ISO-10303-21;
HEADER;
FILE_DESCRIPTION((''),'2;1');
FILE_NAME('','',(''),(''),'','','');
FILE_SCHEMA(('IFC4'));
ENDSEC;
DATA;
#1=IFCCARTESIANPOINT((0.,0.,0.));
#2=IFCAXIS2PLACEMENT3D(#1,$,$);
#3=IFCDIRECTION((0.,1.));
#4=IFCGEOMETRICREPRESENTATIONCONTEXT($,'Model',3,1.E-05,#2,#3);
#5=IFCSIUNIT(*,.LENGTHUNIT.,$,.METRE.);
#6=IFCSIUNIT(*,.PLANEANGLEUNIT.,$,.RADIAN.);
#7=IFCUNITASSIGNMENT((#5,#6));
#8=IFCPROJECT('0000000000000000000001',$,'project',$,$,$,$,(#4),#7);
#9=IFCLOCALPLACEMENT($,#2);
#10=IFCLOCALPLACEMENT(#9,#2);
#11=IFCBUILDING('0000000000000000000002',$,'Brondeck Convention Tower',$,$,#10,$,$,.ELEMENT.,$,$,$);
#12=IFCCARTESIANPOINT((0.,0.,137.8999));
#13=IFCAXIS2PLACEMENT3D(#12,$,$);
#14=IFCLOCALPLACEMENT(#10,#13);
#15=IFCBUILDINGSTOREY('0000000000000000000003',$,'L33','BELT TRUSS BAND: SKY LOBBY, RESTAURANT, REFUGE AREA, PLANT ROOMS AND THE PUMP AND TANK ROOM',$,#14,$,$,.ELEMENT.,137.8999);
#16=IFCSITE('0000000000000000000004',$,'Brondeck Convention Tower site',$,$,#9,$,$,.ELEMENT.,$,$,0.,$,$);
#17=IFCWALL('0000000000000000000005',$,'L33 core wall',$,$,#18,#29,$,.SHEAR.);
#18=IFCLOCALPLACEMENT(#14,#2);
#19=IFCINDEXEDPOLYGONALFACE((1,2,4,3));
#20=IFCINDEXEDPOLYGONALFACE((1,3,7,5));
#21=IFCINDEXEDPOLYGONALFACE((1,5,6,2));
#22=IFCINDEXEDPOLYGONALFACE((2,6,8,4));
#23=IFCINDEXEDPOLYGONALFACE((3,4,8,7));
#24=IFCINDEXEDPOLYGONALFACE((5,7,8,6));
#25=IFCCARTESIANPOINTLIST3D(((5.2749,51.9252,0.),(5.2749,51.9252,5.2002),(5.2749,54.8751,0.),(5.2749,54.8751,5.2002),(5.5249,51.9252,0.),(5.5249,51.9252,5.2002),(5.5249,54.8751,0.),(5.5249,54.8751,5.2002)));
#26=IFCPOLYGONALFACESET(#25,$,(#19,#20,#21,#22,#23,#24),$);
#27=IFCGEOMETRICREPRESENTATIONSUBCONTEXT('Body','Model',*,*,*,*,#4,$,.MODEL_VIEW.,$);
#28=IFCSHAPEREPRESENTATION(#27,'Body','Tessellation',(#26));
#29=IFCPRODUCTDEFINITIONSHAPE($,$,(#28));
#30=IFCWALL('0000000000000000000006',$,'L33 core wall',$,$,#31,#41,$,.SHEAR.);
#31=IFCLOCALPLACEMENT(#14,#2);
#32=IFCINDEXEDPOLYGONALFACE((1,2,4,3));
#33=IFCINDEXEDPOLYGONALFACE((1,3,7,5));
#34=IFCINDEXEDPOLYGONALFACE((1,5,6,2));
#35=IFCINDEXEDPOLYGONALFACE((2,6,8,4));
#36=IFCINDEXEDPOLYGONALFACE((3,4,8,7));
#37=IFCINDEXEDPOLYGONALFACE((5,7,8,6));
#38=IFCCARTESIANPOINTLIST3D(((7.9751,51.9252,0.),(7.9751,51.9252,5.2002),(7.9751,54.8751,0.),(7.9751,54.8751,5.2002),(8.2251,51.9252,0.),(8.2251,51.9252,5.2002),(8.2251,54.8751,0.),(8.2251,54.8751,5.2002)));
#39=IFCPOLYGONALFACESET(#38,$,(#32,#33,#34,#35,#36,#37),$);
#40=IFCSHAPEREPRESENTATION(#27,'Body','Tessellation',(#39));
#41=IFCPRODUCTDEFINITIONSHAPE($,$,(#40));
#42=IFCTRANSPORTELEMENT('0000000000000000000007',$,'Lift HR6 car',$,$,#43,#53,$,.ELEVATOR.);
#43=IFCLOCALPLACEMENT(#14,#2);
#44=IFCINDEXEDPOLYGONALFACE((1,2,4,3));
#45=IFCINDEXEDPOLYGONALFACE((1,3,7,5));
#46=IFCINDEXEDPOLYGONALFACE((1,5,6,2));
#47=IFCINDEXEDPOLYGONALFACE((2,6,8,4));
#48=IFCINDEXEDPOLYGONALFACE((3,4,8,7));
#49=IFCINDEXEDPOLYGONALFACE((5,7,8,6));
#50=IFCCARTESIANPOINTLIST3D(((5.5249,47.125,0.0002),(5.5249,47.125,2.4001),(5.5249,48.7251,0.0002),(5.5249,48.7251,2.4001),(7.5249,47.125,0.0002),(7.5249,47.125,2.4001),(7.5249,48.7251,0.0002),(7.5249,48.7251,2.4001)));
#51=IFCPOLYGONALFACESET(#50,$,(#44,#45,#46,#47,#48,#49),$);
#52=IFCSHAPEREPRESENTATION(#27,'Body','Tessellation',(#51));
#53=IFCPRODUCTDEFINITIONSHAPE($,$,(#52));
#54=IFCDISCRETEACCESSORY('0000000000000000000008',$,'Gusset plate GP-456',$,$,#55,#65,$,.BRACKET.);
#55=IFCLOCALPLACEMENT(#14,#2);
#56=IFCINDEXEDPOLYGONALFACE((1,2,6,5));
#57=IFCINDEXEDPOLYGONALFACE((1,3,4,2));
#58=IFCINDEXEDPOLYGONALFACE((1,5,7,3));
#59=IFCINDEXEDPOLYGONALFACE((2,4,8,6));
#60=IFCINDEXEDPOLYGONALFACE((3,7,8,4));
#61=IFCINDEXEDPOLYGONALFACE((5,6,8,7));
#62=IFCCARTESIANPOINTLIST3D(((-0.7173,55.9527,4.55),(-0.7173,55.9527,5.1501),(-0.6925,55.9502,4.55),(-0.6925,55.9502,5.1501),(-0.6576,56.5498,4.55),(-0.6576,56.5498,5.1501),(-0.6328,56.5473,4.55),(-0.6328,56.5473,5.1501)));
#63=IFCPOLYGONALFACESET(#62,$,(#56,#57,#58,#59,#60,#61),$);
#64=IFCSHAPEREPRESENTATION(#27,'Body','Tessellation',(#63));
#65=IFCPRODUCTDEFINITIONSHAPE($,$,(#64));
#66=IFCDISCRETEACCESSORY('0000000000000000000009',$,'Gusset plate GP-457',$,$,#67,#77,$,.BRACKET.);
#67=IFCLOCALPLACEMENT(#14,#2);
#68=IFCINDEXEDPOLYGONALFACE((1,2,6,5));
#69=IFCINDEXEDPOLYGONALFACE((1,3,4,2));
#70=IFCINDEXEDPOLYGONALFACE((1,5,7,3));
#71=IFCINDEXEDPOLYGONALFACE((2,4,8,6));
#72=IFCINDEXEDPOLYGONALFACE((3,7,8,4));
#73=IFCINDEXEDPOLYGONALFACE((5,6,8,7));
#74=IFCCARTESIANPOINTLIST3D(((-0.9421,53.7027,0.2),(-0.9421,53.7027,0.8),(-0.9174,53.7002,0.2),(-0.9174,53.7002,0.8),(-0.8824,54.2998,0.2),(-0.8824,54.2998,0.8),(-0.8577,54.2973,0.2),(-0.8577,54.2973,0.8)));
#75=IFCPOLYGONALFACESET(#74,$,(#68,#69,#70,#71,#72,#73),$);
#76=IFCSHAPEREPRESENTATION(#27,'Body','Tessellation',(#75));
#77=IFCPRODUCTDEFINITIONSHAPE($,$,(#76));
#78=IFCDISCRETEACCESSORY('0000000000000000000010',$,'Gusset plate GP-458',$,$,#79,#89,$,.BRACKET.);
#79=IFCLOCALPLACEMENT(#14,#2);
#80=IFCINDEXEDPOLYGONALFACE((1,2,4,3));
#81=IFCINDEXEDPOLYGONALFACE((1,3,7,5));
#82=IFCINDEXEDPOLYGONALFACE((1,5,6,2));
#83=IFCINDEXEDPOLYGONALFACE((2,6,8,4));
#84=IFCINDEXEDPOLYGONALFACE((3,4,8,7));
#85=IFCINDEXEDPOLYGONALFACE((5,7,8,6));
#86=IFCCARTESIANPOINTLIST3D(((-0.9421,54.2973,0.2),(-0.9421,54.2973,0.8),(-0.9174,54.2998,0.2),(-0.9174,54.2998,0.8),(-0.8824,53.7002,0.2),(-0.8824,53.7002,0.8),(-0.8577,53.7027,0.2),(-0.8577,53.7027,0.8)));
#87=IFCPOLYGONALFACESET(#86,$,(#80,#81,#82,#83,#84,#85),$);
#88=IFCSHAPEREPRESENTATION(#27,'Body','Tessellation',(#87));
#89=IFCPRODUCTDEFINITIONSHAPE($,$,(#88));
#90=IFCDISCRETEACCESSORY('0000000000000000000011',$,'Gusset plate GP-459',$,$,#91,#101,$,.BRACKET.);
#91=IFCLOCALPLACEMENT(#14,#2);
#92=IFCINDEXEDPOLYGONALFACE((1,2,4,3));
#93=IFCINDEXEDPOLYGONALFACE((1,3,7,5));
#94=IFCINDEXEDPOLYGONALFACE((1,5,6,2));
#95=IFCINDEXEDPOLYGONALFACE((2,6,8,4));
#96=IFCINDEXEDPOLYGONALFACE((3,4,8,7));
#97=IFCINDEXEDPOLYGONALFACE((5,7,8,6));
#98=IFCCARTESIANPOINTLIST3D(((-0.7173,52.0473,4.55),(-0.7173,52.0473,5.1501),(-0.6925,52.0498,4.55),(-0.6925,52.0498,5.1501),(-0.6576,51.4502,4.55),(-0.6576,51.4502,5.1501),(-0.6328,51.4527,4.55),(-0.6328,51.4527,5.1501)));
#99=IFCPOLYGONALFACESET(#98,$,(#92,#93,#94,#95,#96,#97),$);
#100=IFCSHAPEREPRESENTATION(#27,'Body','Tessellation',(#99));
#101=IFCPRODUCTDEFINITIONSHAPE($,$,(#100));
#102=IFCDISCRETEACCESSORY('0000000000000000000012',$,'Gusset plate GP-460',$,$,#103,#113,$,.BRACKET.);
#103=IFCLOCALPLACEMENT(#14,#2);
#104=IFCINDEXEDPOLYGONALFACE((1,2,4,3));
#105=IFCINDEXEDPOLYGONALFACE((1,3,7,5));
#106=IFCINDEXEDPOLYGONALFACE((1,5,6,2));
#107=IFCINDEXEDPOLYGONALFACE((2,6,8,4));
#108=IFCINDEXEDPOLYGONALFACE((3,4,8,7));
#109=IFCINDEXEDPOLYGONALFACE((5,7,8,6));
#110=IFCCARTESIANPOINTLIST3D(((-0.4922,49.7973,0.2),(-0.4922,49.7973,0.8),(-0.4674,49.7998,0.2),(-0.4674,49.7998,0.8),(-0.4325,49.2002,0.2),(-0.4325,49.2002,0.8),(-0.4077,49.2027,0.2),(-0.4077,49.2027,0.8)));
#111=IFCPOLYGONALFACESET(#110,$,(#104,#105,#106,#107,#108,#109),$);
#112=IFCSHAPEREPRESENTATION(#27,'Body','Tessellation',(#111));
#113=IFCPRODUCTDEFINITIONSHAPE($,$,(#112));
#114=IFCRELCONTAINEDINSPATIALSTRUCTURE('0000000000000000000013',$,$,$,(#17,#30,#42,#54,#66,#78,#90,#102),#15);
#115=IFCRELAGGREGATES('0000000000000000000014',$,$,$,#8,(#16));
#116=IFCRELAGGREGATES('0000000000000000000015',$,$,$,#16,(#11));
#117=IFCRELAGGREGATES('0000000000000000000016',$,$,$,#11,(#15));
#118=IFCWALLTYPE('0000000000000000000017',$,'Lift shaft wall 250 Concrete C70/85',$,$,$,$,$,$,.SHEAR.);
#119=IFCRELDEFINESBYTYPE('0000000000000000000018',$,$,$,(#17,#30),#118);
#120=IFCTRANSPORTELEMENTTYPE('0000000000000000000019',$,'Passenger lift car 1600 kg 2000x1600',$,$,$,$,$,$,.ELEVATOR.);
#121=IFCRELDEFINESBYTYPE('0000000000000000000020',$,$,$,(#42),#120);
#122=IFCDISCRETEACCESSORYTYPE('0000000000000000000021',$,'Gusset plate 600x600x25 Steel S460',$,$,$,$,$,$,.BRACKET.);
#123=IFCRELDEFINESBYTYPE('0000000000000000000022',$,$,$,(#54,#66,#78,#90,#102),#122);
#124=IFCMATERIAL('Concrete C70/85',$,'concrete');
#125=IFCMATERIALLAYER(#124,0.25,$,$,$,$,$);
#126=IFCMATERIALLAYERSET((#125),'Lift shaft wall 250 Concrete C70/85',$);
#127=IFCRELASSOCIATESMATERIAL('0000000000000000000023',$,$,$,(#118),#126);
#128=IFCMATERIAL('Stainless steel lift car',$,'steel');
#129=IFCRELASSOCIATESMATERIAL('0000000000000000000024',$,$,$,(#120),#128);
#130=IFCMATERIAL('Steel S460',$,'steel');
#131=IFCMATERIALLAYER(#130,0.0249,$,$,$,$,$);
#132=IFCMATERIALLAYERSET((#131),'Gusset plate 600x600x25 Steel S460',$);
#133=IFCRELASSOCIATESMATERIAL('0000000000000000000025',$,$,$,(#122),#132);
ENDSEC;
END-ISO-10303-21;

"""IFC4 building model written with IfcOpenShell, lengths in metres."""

from ifc_helpers import new_model, si_unit, direction, frame, frame_2d, origin, origin_2d, place, context, subcontext, project, spatial, rectangle, extrude, material, layer, layer_set, type_object, element, save


model = new_model("IFC4")

# Units and contexts
model_context = context("Model", 3, precision=1e-05, world=origin(), true_north=direction((0.0, 1.0)))
body_context = subcontext(model_context, "Body", "Model", "MODEL_VIEW")
ifc_project = project(units=[si_unit("LENGTHUNIT", "METRE"), si_unit("PLANEANGLEUNIT", "RADIAN")], contexts=[model_context])

# Site, building, storey
site_placement = place(None, origin())
site = spatial("IfcSite", under=ifc_project, at=site_placement, Name="Brondeck Convention Tower site", CompositionType="ELEMENT", RefElevation=0.0)
building_placement = place(site_placement, origin())
building = spatial("IfcBuilding", under=site, at=building_placement, Name="Brondeck Convention Tower", CompositionType="ELEMENT")
storey_placement = place(building_placement, frame((0.0, 0.0, 137.8999)))
storey = spatial("IfcBuildingStorey", under=building, at=storey_placement, Name="L33", Description="BELT TRUSS BAND: SKY LOBBY, RESTAURANT, REFUGE AREA, PLANT ROOMS AND THE PUMP AND TANK ROOM", CompositionType="ELEMENT", Elevation=137.8999)

# Shared definitions
ifc_material_1 = material(Name="Concrete C70/85", Category="concrete")

# Shared definitions
ifc_material_2 = material(Name="Steel S460", Category="steel")

# Shared definitions
ifc_layer_1 = layer(ifc_material_1, 0.25)
ifc_layer_set_1 = layer_set([ifc_layer_1], Name="Lift shaft wall 250 Concrete C70/85")
wall_type_1 = type_object("IfcWallType", Name="Lift shaft wall 250 Concrete C70/85", PredefinedType="SHEAR", material=ifc_layer_set_1)

# Walls
for number, where, z_axis, x_axis, name in (
    (1, (5.3999, 51.925, 0.0), (0.0, 0.0, 1.0), (0.0, 1.0, 0.0), "L33 core wall"),
    (2, (8.1001, 51.925, 0.0), (0.0, 0.0, 1.0), (0.0, 1.0, 0.0), "L33 core wall"),
):
    element("IfcWall", number, at=place(storey_placement, frame(where, z_axis=z_axis, x_axis=x_axis)), inside=storey, type_object=wall_type_1, Name=name, PredefinedType="SHEAR", context=body_context, shape_type="SweptSolid", body=[
        extrude(rectangle(XDim=2.95, YDim=0.25, at=frame_2d((1.4751, 0.0))), origin(), (0.0, 0.0, 1.0), 5.2002),
    ])

# Transport element
ifc_material_3 = material(Name="Stainless steel lift car", Category="steel")
transport_element_type = type_object("IfcTransportElementType", Name="Passenger lift car 1600 kg 2000x1600", PredefinedType="ELEVATOR", material=ifc_material_3)
transport_element_placement = place(storey_placement, frame((6.5249, 47.925, 0.0002), z_axis=(0.0, 0.0, 1.0), x_axis=(1.0, 0.0, 0.0)))
element("IfcTransportElement", 3, at=transport_element_placement, inside=storey, type_object=transport_element_type, Name="Lift HR6 car", PredefinedType="ELEVATOR", context=body_context, shape_type="SweptSolid", body=[
    extrude(rectangle(XDim=2.0, YDim=1.6001, at=origin_2d()), origin(), (0.0, 0.0, 1.0), 2.3999),
])

# Discrete accessories
ifc_layer_2 = layer(ifc_material_2, 0.0249)
ifc_layer_set_2 = layer_set([ifc_layer_2], Name="Gusset plate 600x600x25 Steel S460")
discrete_accessory_type = type_object("IfcDiscreteAccessoryType", Name="Gusset plate 600x600x25 Steel S460", PredefinedType="BRACKET", material=ifc_layer_set_2)
for number, where, z_axis, x_axis, name in (
    (4, (-0.675, 56.25, 4.55), (0.0, 0.0, 1.0), (0.099511, 0.995036, 0.0), "Gusset plate GP-456"),
    (5, (-0.8999, 54.0, 0.2), (0.0, 0.0, 1.0), (0.099511, 0.995036, 0.0), "Gusset plate GP-457"),
    (6, (-0.8999, 54.0, 0.2), (0.0, 0.0, 1.0), (-0.099511, 0.995036, 0.0), "Gusset plate GP-458"),
    (7, (-0.675, 51.75, 4.55), (0.0, 0.0, 1.0), (-0.099511, 0.995036, 0.0), "Gusset plate GP-459"),
    (8, (-0.45, 49.5, 0.2), (0.0, 0.0, 1.0), (-0.099511, 0.995036, 0.0), "Gusset plate GP-460"),
):
    element("IfcDiscreteAccessory", number, at=place(storey_placement, frame(where, z_axis=z_axis, x_axis=x_axis)), inside=storey, type_object=discrete_accessory_type, Name=name, PredefinedType="BRACKET", context=body_context, shape_type="SweptSolid", body=[
        extrude(rectangle(XDim=0.6001, YDim=0.0249, at=origin_2d()), origin(), (0.0, 0.0, 1.0), 0.6001),
    ])

save(model, "model.ifc")
